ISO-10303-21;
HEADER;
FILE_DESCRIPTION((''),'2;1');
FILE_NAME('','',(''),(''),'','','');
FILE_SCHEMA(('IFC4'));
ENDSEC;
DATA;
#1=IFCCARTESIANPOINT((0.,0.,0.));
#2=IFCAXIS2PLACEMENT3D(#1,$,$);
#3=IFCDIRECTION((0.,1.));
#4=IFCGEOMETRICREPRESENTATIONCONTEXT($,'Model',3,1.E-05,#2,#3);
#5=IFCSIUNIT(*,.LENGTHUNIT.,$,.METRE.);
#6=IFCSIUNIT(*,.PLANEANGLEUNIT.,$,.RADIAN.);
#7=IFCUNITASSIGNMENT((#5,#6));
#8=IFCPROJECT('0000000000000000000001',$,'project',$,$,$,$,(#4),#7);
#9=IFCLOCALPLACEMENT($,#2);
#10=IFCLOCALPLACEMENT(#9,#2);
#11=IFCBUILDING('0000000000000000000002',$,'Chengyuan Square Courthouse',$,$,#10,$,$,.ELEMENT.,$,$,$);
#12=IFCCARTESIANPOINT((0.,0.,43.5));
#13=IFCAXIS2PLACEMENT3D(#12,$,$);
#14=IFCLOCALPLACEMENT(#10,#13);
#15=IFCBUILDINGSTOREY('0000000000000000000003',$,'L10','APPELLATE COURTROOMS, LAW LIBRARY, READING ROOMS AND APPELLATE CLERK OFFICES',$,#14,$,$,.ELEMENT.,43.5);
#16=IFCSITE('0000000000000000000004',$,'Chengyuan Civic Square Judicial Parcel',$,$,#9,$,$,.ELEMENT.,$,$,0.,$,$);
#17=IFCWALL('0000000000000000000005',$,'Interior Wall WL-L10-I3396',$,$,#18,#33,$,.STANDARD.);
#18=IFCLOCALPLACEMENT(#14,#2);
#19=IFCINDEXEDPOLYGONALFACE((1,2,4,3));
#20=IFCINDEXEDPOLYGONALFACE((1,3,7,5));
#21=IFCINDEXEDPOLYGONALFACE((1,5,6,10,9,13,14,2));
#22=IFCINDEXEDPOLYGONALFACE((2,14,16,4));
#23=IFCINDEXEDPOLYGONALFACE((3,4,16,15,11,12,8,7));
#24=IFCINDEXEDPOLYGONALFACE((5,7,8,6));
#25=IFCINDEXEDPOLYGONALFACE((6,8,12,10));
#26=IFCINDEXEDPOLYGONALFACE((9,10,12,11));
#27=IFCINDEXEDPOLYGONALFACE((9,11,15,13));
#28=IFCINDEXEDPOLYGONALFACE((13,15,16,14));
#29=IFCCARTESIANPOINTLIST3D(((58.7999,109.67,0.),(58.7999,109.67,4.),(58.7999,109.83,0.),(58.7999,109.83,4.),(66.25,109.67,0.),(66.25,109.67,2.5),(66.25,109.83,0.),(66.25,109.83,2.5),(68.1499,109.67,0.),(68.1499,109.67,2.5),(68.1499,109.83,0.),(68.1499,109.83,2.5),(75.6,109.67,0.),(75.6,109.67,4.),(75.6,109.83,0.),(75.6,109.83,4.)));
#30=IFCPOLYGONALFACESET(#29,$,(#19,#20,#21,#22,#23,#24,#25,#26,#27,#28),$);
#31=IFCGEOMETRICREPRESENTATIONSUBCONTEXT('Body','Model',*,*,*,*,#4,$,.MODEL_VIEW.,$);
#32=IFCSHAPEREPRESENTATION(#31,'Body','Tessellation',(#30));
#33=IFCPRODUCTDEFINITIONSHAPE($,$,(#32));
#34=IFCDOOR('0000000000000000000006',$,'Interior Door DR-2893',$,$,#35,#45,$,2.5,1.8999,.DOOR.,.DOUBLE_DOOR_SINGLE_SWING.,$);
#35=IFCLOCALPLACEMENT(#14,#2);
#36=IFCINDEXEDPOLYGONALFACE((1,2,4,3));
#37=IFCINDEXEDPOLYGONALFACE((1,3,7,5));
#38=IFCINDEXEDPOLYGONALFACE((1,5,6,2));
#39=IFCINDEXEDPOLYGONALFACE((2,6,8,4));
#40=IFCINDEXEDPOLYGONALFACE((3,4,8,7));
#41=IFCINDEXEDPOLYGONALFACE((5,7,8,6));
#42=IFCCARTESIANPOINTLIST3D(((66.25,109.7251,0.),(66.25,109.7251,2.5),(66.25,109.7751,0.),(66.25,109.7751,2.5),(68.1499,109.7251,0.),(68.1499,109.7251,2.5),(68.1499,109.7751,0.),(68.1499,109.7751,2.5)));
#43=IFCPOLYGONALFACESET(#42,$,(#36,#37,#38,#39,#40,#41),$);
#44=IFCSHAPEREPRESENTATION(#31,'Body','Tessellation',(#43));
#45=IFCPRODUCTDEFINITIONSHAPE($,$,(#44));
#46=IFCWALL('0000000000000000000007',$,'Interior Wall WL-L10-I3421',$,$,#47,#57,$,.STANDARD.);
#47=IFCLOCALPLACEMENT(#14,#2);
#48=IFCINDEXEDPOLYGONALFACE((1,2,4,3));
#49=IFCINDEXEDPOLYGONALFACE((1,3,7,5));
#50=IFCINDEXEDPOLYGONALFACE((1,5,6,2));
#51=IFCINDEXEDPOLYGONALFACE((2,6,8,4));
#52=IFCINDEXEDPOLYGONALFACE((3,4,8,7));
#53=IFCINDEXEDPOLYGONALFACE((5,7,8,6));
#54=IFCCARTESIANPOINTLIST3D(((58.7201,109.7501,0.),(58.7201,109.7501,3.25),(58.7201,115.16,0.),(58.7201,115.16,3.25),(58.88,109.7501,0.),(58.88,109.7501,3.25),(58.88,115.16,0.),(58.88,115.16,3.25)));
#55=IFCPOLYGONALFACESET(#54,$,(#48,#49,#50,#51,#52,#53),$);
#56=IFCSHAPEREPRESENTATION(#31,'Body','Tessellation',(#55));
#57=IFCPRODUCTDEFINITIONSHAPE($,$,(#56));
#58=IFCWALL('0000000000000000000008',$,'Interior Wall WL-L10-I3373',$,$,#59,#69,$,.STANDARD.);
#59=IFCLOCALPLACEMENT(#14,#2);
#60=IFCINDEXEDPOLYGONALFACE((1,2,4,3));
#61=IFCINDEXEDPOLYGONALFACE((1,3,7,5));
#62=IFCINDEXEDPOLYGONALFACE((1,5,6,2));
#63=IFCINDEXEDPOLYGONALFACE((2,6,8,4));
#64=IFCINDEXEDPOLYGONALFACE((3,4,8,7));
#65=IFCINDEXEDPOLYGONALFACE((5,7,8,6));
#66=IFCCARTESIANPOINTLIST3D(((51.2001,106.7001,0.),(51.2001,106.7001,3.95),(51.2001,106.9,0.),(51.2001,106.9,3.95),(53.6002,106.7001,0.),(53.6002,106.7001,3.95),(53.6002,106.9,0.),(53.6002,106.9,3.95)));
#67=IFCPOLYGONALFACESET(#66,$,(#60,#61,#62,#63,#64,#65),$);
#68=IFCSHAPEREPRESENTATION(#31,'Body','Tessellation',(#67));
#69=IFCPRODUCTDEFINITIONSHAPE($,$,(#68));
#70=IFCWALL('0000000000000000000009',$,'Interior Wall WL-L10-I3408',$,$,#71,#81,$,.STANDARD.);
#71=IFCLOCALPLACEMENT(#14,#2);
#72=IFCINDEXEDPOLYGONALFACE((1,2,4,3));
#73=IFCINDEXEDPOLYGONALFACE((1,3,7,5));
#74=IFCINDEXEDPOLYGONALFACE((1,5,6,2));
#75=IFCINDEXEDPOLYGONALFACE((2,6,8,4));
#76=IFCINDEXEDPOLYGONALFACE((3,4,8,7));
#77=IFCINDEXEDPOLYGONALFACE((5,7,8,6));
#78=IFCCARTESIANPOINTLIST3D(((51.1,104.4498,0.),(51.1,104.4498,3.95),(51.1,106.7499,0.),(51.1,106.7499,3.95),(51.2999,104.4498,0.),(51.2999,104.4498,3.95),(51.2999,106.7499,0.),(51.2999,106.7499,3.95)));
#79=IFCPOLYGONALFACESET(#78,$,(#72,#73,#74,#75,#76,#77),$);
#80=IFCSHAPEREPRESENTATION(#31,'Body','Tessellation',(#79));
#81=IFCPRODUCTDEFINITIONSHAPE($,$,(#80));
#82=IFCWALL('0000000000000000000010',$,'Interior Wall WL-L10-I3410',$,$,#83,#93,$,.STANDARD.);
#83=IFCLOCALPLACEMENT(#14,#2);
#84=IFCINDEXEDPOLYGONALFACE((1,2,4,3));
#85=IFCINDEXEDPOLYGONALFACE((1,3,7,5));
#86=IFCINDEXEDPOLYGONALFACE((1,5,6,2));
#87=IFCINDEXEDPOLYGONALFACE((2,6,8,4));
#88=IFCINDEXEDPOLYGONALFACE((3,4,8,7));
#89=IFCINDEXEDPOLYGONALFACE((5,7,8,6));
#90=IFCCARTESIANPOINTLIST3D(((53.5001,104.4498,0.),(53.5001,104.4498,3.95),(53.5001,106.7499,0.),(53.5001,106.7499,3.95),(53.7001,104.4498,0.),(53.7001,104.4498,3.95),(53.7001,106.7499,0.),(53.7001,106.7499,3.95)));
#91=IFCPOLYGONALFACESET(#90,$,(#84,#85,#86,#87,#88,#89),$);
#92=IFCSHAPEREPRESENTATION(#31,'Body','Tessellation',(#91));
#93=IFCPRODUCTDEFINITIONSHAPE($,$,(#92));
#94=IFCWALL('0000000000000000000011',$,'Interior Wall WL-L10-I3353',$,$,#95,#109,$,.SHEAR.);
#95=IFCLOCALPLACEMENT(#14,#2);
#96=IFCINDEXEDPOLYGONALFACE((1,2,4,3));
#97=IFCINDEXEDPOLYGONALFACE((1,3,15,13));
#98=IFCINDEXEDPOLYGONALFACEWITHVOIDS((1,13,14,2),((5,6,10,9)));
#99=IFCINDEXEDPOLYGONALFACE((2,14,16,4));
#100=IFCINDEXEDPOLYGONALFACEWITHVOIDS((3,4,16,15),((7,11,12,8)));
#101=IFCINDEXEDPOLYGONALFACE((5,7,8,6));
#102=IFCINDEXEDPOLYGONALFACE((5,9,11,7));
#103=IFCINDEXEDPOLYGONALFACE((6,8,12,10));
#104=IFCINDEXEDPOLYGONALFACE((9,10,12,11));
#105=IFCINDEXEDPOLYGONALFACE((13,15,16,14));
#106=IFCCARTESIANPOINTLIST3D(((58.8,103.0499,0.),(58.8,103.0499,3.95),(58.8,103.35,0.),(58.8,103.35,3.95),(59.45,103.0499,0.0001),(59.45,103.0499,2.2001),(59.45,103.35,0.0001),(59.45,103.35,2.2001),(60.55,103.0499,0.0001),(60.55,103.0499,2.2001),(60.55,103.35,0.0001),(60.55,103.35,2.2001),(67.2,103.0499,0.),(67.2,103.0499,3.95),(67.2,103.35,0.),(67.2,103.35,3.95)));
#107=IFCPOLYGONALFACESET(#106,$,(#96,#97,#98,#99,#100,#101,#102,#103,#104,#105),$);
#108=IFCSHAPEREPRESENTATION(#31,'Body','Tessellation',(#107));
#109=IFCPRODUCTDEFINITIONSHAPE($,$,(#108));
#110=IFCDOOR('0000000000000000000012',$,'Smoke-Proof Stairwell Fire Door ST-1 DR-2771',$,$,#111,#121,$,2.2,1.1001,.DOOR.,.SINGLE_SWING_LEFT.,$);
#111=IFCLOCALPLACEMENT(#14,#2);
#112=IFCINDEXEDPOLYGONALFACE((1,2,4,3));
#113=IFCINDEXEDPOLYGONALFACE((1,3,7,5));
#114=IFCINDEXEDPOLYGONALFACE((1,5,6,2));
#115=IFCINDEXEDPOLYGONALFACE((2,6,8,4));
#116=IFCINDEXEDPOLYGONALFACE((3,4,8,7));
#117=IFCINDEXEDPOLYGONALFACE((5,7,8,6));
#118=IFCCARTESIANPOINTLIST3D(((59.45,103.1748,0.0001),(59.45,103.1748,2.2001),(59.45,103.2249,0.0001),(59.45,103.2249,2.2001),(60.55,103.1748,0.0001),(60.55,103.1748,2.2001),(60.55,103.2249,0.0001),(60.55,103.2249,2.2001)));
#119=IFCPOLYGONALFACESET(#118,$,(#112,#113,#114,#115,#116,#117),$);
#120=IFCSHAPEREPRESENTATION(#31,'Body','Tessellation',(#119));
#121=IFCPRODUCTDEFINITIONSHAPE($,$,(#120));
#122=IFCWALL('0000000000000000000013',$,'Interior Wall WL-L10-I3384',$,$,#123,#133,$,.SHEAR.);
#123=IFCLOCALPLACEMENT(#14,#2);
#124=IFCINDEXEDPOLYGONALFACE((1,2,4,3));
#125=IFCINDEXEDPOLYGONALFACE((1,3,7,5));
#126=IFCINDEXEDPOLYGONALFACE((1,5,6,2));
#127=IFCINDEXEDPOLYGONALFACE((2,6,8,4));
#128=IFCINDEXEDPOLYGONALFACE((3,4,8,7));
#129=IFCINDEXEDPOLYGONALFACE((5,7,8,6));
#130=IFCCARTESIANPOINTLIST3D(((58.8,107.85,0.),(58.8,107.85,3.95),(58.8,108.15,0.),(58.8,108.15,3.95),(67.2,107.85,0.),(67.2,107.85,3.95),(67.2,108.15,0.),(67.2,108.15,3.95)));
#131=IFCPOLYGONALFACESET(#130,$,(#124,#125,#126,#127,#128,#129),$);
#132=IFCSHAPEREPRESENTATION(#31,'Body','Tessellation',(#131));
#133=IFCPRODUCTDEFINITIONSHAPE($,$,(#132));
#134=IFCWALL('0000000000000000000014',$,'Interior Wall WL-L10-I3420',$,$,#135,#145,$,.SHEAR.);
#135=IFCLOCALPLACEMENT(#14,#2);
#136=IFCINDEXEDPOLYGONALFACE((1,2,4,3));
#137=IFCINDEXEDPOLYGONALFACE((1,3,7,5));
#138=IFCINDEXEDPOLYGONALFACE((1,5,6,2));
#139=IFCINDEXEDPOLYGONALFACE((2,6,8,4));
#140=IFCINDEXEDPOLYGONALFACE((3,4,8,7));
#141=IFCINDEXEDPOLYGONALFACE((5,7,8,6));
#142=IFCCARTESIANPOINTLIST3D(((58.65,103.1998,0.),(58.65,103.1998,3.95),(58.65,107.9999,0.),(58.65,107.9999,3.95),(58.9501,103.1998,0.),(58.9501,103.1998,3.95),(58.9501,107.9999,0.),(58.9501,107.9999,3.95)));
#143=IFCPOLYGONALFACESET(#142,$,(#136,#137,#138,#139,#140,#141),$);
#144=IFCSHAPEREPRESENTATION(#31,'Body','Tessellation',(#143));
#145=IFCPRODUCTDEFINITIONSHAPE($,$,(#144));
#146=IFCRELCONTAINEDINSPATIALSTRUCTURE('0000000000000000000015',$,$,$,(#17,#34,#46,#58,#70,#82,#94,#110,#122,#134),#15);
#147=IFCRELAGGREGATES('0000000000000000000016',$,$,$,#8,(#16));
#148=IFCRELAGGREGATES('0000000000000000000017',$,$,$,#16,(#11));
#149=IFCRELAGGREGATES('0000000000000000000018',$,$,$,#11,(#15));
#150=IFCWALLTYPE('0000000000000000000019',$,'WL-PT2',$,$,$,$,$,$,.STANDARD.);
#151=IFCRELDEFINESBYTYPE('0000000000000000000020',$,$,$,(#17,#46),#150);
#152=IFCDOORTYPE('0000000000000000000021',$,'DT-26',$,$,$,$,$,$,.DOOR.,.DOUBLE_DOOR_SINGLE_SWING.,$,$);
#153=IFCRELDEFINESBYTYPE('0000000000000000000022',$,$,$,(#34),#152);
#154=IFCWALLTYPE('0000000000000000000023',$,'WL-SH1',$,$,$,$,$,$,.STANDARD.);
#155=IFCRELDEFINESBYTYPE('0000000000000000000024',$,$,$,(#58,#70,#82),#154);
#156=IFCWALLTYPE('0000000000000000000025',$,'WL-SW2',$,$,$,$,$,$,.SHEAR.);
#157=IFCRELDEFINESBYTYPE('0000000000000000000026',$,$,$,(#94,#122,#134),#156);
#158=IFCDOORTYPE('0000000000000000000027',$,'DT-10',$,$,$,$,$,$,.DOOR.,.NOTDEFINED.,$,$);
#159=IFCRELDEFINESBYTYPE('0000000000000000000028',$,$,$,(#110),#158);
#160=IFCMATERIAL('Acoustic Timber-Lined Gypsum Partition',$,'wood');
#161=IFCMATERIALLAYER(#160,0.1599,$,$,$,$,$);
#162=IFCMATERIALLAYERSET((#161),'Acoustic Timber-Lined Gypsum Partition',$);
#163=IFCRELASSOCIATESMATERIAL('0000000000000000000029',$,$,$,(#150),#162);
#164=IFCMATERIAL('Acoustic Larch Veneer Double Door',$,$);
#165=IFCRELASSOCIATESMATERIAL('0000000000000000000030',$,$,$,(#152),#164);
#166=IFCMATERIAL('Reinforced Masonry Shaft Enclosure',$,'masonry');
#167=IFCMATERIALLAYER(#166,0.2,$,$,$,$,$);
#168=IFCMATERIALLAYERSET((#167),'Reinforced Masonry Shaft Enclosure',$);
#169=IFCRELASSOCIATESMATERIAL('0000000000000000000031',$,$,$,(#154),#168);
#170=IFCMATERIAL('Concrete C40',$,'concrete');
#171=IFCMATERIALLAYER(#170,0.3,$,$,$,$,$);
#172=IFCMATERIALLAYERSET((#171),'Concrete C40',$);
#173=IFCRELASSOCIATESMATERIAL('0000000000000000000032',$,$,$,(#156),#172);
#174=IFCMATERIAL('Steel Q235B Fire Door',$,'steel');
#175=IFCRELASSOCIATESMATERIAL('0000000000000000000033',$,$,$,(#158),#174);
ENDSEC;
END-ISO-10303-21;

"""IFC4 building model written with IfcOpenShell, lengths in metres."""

from ifc_helpers import new_model, si_unit, direction, frame, frame_2d, origin, place, context, subcontext, project, spatial, rectangle, extrude, material, layer, layer_set, type_object, element, fill, save


model = new_model("IFC4")

# Units and contexts
model_context = context("Model", 3, precision=1e-05, world=origin(), true_north=direction((0.0, 1.0)))
body_context = subcontext(model_context, "Body", "Model", "MODEL_VIEW")
ifc_project = project(units=[si_unit("LENGTHUNIT", "METRE"), si_unit("PLANEANGLEUNIT", "RADIAN")], contexts=[model_context])

# Site, building, storey
site_placement = place(None, origin())
site = spatial("IfcSite", under=ifc_project, at=site_placement, Name="Chengyuan Civic Square Judicial Parcel", CompositionType="ELEMENT", RefElevation=0.0)
building_placement = place(site_placement, origin())
building = spatial("IfcBuilding", under=site, at=building_placement, Name="Chengyuan Square Courthouse", CompositionType="ELEMENT")
storey_placement = place(building_placement, frame((0.0, 0.0, 43.5)))
storey = spatial("IfcBuildingStorey", under=building, at=storey_placement, Name="L10", Description="APPELLATE COURTROOMS, LAW LIBRARY, READING ROOMS AND APPELLATE CLERK OFFICES", CompositionType="ELEMENT", Elevation=43.5)

# Shared definitions
ifc_material_1 = material(Name="Concrete C40", Category="concrete")

# Shared definitions
ifc_material_2 = material(Name="Steel Q235B Fire Door", Category="steel")

# Wall, opening, door
ifc_material_3 = material(Name="Acoustic Timber-Lined Gypsum Partition", Category="wood")
ifc_layer_1 = layer(ifc_material_3, 0.1599)
ifc_layer_set_1 = layer_set([ifc_layer_1], Name="Acoustic Timber-Lined Gypsum Partition")
wall_type_1 = type_object("IfcWallType", Name="WL-PT2", PredefinedType="STANDARD", material=ifc_layer_set_1)
wall_1_placement = place(storey_placement, frame((58.8, 109.75, 0.0), z_axis=(0.0, 0.0, 1.0), x_axis=(1.0, 0.0, 0.0)))
wall_1 = element("IfcWall", 1, at=wall_1_placement, inside=storey, type_object=wall_type_1, Name="Interior Wall WL-L10-I3396", PredefinedType="STANDARD", context=body_context, shape_type="SweptSolid", body=[
    extrude(rectangle(XDim=16.8, YDim=0.1599, at=frame_2d((8.3999, 0.0))), origin(), (0.0, 0.0, 1.0), 4.0),
])
opening_1_placement = place(wall_1_placement, frame((7.45, 0.0, 0.0)))
opening_1 = element("IfcOpeningElement", 2, at=opening_1_placement, cuts=wall_1, PredefinedType="OPENING", context=body_context, shape_type="SweptSolid", body=[
    extrude(rectangle(XDim=1.8999, YDim=2.5, at=frame_2d((0.95, 1.25))), frame((0.0, 0.092, 0.0), z_axis=(0.0, -1.0, 0.0), x_axis=(1.0, 0.0, 0.0)), (0.0, 0.0, 1.0), 0.1838),
])
ifc_material_4 = material(Name="Acoustic Larch Veneer Double Door")
door_type_1 = type_object("IfcDoorType", Name="DT-26", OperationType="DOUBLE_DOOR_SINGLE_SWING", PredefinedType="DOOR", material=ifc_material_4)
door_1_placement = place(opening_1_placement, frame((1.8999, 0.0, 0.0), z_axis=(0.0, 0.0, 1.0), x_axis=(-1.0, 0.0, 0.0)))
door_1 = element("IfcDoor", 3, at=door_1_placement, inside=storey, type_object=door_type_1, Name="Interior Door DR-2893", OperationType="DOUBLE_DOOR_SINGLE_SWING", OverallHeight=2.5, OverallWidth=1.8999, PredefinedType="DOOR", context=body_context, shape_type="SweptSolid", body=[
    extrude(rectangle(XDim=1.8999, YDim=2.5, at=frame_2d((0.95, 1.25))), frame((0.0, 0.0249, 0.0), z_axis=(0.0, -1.0, 0.0), x_axis=(1.0, 0.0, 0.0)), (0.0, 0.0, 1.0), 0.05),
])
fill(opening_1, door_1)

# Wall
wall_2_placement = place(storey_placement, frame((58.8, 109.75, 0.0), z_axis=(0.0, 0.0, 1.0), x_axis=(0.0, 1.0, 0.0)))
element("IfcWall", 4, at=wall_2_placement, inside=storey, type_object=wall_type_1, Name="Interior Wall WL-L10-I3421", PredefinedType="STANDARD", context=body_context, shape_type="SweptSolid", body=[
    extrude(rectangle(XDim=5.4099, YDim=0.1599, at=frame_2d((2.7051, 0.0))), origin(), (0.0, 0.0, 1.0), 3.25),
])

# Shared definitions
ifc_material_5 = material(Name="Reinforced Masonry Shaft Enclosure", Category="masonry")
ifc_layer_2 = layer(ifc_material_5, 0.2)
ifc_layer_set_2 = layer_set([ifc_layer_2], Name="Reinforced Masonry Shaft Enclosure")
wall_type_2 = type_object("IfcWallType", Name="WL-SH1", PredefinedType="STANDARD", material=ifc_layer_set_2)

# Walls
wall_3_placement = place(storey_placement, frame((51.2, 106.8, 0.0), z_axis=(0.0, 0.0, 1.0), x_axis=(1.0, 0.0, 0.0)))
element("IfcWall", 5, at=wall_3_placement, inside=storey, type_object=wall_type_2, Name="Interior Wall WL-L10-I3373", PredefinedType="STANDARD", context=body_context, shape_type="SweptSolid", body=[
    extrude(rectangle(XDim=2.4001, YDim=0.2, at=frame_2d((1.2002, 0.0))), origin(), (0.0, 0.0, 1.0), 3.95),
])
for number, where, z_axis, x_axis, name in (
    (6, (51.2, 104.45, 0.0), (0.0, 0.0, 1.0), (0.0, 1.0, 0.0), "Interior Wall WL-L10-I3408"),
    (7, (53.6001, 104.45, 0.0), (0.0, 0.0, 1.0), (0.0, 1.0, 0.0), "Interior Wall WL-L10-I3410"),
):
    element("IfcWall", number, at=place(storey_placement, frame(where, z_axis=z_axis, x_axis=x_axis)), inside=storey, type_object=wall_type_2, Name=name, PredefinedType="STANDARD", context=body_context, shape_type="SweptSolid", body=[
        extrude(rectangle(XDim=2.3, YDim=0.2, at=frame_2d((1.1499, 0.0))), origin(), (0.0, 0.0, 1.0), 3.95),
    ])

# Wall, opening, door
ifc_layer_3 = layer(ifc_material_1, 0.3)
ifc_layer_set_3 = layer_set([ifc_layer_3], Name="Concrete C40")
wall_type_3 = type_object("IfcWallType", Name="WL-SW2", PredefinedType="SHEAR", material=ifc_layer_set_3)
wall_4_placement = place(storey_placement, frame((58.8, 103.2, 0.0), z_axis=(0.0, 0.0, 1.0), x_axis=(1.0, 0.0, 0.0)))
wall_4 = element("IfcWall", 8, at=wall_4_placement, inside=storey, type_object=wall_type_3, Name="Interior Wall WL-L10-I3353", PredefinedType="SHEAR", context=body_context, shape_type="SweptSolid", body=[
    extrude(rectangle(XDim=8.3999, YDim=0.3, at=frame_2d((4.2, 0.0))), origin(), (0.0, 0.0, 1.0), 3.95),
])
opening_2_placement = place(wall_4_placement, frame((0.6499, 0.0, 0.0)))
opening_2 = element("IfcOpeningElement", 9, at=opening_2_placement, cuts=wall_4, PredefinedType="OPENING", context=body_context, shape_type="SweptSolid", body=[
    extrude(rectangle(XDim=1.1001, YDim=2.2, at=frame_2d((0.55, 1.1001))), frame((0.0, 0.1621, 0.0), z_axis=(0.0, -1.0, 0.0), x_axis=(1.0, 0.0, 0.0)), (0.0, 0.0, 1.0), 0.324),
])
door_type_2 = type_object("IfcDoorType", Name="DT-10", OperationType="NOTDEFINED", PredefinedType="DOOR", material=ifc_material_2)
door_2_placement = place(opening_2_placement, origin())
door_2 = element("IfcDoor", 10, at=door_2_placement, inside=storey, type_object=door_type_2, Name="Smoke-Proof Stairwell Fire Door ST-1 DR-2771", OperationType="SINGLE_SWING_LEFT", OverallHeight=2.2, OverallWidth=1.1001, PredefinedType="DOOR", context=body_context, shape_type="SweptSolid", body=[
    extrude(rectangle(XDim=1.1001, YDim=2.2, at=frame_2d((0.55, 1.1001))), frame((0.0, 0.0249, 0.0), z_axis=(0.0, -1.0, 0.0), x_axis=(1.0, 0.0, 0.0)), (0.0, 0.0, 1.0), 0.05),
])
fill(opening_2, door_2)

# Walls
wall_5_placement = place(storey_placement, frame((58.8, 108.0, 0.0), z_axis=(0.0, 0.0, 1.0), x_axis=(1.0, 0.0, 0.0)))
element("IfcWall", 11, at=wall_5_placement, inside=storey, type_object=wall_type_3, Name="Interior Wall WL-L10-I3384", PredefinedType="SHEAR", context=body_context, shape_type="SweptSolid", body=[
    extrude(rectangle(XDim=8.3999, YDim=0.3, at=frame_2d((4.2, 0.0))), origin(), (0.0, 0.0, 1.0), 3.95),
])
wall_6_placement = place(storey_placement, frame((58.8, 103.2, 0.0), z_axis=(0.0, 0.0, 1.0), x_axis=(0.0, 1.0, 0.0)))
element("IfcWall", 12, at=wall_6_placement, inside=storey, type_object=wall_type_3, Name="Interior Wall WL-L10-I3420", PredefinedType="SHEAR", context=body_context, shape_type="SweptSolid", body=[
    extrude(rectangle(XDim=4.8, YDim=0.3, at=frame_2d((2.3999, 0.0))), origin(), (0.0, 0.0, 1.0), 3.95),
])

save(model, "model.ifc")
